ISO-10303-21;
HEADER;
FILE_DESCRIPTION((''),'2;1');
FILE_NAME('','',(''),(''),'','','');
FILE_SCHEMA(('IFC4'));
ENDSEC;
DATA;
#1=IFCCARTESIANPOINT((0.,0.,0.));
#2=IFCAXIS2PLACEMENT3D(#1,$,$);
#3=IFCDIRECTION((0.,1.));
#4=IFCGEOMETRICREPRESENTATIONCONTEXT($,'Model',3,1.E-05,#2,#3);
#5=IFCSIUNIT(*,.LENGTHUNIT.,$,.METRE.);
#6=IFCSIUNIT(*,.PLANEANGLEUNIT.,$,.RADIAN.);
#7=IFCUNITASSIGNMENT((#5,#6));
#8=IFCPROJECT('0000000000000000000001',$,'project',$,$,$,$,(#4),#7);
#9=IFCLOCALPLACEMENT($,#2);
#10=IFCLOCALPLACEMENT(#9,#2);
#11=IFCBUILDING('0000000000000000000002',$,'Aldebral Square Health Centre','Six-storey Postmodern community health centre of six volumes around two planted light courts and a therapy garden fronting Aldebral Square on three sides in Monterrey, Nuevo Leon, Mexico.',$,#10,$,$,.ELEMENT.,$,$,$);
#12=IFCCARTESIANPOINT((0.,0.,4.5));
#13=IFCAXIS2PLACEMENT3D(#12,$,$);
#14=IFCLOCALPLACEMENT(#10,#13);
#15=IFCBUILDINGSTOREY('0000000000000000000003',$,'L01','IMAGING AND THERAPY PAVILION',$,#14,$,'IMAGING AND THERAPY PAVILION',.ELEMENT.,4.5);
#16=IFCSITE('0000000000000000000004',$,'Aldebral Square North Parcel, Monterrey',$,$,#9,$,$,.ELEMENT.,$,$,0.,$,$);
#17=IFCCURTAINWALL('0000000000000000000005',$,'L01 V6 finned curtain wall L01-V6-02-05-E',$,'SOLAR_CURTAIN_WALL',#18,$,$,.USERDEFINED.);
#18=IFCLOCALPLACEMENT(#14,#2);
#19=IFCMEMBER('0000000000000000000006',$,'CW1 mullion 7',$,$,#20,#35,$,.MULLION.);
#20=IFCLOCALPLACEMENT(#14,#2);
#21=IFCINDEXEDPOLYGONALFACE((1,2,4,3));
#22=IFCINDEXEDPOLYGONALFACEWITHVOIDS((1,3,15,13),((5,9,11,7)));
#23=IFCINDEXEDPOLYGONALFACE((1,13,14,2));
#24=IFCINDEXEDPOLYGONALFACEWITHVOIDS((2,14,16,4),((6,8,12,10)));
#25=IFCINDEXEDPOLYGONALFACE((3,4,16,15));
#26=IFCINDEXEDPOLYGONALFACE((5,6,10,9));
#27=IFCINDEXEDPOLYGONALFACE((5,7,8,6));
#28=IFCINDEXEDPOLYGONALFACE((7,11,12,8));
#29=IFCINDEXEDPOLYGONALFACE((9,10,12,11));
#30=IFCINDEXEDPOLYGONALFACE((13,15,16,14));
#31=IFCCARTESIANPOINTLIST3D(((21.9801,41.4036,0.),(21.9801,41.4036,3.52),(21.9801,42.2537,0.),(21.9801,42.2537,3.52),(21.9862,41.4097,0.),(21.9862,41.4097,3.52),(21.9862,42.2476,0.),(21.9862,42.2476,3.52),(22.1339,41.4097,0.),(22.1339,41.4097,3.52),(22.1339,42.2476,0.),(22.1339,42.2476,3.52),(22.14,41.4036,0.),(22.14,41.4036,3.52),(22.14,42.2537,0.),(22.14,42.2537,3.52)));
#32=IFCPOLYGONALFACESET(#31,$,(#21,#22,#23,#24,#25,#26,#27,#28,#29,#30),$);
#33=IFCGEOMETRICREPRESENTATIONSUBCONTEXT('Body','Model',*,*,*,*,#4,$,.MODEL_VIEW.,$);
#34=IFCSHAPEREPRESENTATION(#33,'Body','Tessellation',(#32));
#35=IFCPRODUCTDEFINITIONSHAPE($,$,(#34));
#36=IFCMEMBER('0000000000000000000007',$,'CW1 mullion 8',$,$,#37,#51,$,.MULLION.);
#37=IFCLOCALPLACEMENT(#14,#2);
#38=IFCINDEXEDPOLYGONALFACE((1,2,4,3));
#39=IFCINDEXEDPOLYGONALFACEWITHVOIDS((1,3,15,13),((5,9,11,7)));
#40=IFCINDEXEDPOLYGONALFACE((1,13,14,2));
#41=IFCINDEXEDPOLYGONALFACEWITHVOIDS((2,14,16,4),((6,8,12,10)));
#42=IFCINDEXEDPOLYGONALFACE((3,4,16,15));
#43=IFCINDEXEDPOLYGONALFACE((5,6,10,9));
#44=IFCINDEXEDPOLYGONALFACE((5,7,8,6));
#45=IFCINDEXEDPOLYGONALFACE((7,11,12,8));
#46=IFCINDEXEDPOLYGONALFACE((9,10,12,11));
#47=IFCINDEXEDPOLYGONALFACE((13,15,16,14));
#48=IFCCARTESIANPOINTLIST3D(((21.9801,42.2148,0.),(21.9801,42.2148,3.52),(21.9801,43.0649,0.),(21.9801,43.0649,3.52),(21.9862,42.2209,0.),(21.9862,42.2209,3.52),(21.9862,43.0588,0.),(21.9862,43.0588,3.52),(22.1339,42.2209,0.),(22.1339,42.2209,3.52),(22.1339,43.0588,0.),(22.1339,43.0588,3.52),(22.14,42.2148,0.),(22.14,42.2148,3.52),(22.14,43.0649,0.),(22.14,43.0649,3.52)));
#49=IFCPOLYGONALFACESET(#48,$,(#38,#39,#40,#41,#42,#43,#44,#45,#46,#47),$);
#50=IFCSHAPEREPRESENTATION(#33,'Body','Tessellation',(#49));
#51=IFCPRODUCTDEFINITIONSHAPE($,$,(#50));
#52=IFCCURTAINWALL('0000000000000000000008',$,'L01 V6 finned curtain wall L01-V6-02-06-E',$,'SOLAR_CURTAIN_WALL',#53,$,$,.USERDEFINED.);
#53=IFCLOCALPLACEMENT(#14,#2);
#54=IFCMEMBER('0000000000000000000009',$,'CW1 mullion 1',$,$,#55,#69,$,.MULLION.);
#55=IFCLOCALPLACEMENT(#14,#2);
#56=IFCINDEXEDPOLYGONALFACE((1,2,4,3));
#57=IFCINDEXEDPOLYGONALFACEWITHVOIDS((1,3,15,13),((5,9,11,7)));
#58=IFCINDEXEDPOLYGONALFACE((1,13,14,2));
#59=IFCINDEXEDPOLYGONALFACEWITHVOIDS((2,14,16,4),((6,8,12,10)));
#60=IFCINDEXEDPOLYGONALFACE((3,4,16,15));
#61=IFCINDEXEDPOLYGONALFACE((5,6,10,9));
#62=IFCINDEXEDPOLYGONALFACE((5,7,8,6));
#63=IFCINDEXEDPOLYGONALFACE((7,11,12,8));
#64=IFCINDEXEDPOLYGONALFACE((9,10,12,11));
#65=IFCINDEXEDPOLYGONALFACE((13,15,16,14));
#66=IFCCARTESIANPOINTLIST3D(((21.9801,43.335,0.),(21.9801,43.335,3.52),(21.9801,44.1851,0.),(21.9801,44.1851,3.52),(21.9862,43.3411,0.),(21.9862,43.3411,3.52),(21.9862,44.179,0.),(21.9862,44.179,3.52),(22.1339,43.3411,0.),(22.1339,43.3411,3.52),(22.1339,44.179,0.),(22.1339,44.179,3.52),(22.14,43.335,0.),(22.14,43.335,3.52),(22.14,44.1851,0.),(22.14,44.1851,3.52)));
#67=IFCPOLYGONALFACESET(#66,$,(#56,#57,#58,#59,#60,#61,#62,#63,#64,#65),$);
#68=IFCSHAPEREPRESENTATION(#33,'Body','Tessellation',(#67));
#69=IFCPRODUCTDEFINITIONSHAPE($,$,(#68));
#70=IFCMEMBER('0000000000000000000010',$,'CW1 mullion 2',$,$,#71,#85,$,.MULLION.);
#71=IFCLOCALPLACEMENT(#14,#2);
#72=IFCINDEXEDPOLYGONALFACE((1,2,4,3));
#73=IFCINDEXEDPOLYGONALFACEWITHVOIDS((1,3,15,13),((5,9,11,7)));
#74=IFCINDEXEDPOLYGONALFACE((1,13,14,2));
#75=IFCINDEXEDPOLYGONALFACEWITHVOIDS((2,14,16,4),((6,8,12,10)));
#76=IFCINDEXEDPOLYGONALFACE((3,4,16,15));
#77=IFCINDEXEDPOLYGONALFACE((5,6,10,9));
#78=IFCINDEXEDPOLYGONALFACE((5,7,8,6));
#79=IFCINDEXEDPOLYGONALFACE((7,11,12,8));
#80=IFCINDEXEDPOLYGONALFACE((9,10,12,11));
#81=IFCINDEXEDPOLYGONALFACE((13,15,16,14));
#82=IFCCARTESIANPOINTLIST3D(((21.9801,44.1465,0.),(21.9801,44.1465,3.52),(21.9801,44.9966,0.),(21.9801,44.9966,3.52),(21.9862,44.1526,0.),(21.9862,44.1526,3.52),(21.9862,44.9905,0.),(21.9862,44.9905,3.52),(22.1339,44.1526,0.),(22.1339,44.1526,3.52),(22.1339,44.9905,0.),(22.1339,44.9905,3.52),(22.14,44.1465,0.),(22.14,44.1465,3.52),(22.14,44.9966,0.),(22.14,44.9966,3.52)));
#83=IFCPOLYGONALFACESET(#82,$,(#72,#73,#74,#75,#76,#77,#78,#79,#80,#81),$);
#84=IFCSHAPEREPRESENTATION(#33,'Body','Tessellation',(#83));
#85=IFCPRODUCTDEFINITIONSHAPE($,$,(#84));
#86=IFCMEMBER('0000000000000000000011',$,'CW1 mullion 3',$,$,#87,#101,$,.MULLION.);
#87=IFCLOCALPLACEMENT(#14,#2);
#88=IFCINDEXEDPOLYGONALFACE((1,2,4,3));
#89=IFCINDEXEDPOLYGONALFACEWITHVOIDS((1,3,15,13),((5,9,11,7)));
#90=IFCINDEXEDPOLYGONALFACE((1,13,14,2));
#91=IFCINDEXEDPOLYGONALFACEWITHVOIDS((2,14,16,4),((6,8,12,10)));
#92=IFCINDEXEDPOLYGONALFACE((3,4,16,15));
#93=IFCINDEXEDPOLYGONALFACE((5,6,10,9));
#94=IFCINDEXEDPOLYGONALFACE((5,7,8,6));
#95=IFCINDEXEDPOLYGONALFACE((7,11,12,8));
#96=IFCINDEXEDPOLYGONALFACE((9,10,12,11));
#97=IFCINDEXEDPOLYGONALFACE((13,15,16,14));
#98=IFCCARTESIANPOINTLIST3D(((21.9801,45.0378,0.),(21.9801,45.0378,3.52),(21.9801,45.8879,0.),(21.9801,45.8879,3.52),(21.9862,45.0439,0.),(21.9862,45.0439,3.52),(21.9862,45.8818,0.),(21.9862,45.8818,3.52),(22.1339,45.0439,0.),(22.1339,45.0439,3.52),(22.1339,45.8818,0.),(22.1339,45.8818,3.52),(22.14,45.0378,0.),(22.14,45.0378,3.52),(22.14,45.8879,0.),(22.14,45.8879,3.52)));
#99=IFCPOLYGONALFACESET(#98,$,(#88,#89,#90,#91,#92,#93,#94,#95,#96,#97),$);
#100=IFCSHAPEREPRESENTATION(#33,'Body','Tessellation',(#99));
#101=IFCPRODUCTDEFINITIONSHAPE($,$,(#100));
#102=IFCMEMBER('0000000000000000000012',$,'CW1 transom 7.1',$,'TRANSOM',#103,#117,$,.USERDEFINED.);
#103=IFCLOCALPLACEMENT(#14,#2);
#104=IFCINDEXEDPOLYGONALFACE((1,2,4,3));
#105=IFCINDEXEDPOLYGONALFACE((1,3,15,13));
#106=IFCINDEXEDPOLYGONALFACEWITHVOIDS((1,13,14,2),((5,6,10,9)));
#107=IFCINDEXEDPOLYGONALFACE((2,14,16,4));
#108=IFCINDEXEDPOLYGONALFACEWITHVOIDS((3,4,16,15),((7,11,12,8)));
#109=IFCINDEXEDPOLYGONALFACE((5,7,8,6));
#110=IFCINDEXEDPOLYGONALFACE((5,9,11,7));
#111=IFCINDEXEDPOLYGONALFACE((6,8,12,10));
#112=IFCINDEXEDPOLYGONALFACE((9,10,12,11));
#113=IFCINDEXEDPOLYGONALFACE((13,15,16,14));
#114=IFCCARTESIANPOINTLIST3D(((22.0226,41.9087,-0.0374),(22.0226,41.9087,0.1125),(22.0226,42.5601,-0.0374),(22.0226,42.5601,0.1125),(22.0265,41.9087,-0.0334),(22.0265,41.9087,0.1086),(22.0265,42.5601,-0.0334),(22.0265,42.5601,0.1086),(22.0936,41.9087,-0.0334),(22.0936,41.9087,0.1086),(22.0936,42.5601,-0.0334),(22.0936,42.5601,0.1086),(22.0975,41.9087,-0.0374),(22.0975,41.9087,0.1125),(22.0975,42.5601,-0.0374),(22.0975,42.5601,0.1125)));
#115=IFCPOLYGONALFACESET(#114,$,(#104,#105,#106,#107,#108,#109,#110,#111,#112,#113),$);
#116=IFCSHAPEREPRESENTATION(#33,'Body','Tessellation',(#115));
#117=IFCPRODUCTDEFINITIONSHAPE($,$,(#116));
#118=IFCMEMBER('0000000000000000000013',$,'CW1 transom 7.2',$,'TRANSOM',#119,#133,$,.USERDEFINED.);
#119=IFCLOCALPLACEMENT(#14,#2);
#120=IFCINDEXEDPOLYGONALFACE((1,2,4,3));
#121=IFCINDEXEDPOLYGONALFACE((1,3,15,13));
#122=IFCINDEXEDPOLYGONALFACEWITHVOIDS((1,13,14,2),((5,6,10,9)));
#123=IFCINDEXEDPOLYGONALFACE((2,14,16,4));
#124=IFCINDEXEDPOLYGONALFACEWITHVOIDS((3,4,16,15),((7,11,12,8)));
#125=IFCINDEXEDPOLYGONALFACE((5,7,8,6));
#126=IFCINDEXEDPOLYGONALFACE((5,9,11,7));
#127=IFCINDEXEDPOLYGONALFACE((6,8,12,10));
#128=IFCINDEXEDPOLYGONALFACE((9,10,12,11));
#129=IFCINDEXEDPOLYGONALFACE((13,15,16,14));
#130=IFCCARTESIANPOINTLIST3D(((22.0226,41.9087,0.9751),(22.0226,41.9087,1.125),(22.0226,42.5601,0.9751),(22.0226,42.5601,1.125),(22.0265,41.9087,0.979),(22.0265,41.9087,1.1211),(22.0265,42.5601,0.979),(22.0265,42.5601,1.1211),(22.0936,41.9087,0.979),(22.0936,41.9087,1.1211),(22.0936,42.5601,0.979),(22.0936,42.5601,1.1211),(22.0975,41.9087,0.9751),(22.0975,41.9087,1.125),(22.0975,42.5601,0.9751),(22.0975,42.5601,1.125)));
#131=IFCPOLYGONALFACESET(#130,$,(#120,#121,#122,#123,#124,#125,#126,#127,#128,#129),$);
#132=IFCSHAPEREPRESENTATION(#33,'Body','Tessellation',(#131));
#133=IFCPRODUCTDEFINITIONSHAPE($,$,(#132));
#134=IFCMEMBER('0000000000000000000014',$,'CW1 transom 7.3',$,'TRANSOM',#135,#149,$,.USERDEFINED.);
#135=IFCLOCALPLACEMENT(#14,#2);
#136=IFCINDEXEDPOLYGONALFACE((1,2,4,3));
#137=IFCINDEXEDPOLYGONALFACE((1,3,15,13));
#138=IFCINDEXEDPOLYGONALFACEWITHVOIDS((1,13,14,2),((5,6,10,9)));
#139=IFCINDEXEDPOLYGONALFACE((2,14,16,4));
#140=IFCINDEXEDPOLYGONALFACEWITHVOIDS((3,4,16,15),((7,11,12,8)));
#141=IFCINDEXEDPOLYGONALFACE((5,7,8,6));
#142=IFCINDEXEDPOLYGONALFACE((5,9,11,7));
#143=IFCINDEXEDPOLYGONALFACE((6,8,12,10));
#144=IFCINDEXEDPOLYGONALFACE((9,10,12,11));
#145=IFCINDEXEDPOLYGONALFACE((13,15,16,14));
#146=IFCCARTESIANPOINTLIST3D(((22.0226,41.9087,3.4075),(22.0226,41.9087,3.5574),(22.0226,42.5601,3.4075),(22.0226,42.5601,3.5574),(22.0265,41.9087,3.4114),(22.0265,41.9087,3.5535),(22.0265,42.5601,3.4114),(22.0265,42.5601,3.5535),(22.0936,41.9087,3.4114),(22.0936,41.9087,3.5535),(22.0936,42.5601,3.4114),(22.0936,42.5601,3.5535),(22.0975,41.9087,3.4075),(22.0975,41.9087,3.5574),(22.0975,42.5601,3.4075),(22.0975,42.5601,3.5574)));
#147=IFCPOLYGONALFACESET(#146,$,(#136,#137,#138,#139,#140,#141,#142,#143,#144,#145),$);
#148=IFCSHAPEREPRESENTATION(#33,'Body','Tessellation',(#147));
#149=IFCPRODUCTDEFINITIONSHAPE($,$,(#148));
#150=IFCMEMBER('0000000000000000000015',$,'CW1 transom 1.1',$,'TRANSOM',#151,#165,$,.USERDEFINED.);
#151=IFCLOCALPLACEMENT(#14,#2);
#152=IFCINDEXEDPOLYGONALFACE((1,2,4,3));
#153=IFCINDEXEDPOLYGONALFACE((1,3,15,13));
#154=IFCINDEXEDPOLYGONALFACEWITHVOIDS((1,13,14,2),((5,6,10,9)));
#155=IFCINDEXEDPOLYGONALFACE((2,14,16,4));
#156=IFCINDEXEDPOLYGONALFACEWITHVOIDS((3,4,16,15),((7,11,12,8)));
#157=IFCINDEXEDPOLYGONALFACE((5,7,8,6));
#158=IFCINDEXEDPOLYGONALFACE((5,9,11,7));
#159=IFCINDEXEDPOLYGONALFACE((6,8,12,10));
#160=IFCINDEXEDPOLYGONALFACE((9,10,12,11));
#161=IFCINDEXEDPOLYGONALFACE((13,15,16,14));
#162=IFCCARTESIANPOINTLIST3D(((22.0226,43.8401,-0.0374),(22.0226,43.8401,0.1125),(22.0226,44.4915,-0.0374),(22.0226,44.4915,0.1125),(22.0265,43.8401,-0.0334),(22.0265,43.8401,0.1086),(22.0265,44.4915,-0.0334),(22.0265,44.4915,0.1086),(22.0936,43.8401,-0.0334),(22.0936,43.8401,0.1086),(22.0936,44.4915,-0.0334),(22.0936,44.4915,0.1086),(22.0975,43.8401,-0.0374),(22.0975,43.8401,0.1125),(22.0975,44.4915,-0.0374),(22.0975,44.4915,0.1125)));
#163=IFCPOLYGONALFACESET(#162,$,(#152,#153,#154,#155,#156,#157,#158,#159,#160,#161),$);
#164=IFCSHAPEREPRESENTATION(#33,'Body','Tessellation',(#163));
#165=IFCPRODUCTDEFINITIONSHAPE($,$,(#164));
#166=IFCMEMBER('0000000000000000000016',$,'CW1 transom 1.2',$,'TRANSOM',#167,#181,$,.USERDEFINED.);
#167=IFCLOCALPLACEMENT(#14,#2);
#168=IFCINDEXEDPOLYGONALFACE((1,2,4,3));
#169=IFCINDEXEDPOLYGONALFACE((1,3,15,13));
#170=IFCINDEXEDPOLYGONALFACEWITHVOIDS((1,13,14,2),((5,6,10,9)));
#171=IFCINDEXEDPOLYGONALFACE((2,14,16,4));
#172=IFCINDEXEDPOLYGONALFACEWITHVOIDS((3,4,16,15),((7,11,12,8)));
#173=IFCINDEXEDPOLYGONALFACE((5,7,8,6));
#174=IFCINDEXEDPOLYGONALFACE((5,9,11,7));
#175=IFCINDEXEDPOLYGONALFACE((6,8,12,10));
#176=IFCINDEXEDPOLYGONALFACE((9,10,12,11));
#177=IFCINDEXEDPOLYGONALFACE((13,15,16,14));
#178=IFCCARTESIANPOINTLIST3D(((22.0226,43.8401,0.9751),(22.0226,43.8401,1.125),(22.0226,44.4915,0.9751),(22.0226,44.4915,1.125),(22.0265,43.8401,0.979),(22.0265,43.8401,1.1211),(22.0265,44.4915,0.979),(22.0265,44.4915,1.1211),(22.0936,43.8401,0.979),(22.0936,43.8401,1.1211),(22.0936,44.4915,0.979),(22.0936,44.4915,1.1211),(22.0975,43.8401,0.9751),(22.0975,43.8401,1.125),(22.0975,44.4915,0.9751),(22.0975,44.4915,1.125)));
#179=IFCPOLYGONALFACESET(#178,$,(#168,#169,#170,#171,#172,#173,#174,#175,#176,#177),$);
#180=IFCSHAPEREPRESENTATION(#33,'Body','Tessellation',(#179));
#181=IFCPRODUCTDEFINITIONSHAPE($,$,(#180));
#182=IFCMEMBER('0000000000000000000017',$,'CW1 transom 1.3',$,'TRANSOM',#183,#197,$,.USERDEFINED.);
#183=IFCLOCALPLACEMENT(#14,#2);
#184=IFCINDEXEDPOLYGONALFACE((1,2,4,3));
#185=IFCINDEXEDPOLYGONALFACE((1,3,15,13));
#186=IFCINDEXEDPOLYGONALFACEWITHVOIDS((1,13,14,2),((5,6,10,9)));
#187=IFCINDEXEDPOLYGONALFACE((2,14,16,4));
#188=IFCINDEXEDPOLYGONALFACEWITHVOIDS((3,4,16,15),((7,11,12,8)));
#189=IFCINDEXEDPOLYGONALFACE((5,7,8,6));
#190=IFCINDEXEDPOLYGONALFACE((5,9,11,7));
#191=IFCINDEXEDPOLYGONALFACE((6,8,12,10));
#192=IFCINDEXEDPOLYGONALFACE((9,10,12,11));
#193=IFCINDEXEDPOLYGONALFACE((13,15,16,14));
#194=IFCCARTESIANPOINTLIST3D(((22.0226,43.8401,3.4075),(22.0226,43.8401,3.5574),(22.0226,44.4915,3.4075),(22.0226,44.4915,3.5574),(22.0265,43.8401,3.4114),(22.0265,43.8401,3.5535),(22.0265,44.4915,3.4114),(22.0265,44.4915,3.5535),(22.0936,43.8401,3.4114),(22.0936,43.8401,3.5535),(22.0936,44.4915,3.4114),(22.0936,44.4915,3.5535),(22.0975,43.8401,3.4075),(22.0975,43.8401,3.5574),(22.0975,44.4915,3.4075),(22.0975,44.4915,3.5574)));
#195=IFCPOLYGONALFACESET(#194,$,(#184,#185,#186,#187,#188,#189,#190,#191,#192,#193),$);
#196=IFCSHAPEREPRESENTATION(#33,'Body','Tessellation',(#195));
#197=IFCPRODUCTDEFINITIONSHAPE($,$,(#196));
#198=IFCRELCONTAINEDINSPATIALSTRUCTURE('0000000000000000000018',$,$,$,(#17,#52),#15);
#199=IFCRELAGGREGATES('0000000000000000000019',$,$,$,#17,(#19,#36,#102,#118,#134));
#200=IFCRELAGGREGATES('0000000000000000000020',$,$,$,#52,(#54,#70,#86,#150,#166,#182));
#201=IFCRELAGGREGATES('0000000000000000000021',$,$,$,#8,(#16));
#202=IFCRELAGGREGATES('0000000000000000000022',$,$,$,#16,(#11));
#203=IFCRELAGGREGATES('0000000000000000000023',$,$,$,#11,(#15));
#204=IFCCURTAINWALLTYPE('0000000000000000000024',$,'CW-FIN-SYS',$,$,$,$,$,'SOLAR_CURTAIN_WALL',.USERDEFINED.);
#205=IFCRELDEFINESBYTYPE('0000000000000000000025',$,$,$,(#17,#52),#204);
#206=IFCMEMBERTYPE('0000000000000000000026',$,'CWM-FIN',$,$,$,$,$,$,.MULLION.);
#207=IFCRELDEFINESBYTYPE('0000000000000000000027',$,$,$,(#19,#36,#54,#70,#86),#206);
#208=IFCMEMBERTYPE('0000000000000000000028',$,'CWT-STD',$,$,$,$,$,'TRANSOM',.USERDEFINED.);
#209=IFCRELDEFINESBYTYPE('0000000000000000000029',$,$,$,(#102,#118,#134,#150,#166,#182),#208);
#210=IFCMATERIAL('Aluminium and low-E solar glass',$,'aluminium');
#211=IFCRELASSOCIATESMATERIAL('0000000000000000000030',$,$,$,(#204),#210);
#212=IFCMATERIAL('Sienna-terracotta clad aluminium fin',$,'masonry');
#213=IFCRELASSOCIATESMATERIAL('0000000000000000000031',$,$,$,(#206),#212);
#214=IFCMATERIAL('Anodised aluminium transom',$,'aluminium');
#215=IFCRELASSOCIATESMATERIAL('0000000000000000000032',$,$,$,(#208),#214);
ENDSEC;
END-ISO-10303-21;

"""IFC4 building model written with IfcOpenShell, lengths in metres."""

from ifc_helpers import new_model, si_unit, direction, frame, origin, origin_2d, place, context, subcontext, project, spatial, hollow_rectangle, extrude, material, material_profile, profile_set, type_object, element, aggregate, save


model = new_model("IFC4")

# Units and contexts
model_context = context("Model", 3, precision=1e-05, world=origin(), true_north=direction((0.0, 1.0)))
body_context = subcontext(model_context, "Body", "Model", "MODEL_VIEW")
ifc_project = project(units=[si_unit("LENGTHUNIT", "METRE"), si_unit("PLANEANGLEUNIT", "RADIAN")], contexts=[model_context])

# Site, building, storey
site_placement = place(None, origin())
site = spatial("IfcSite", under=ifc_project, at=site_placement, Name="Aldebral Square North Parcel, Monterrey", CompositionType="ELEMENT", RefElevation=0.0)
building_placement = place(site_placement, origin())
building = spatial("IfcBuilding", under=site, at=building_placement, Name="Aldebral Square Health Centre", Description="Six-storey Postmodern community health centre of six volumes around two planted light courts and a therapy garden fronting Aldebral Square on three sides in Monterrey, Nuevo Leon, Mexico.", CompositionType="ELEMENT")
storey_placement = place(building_placement, frame((0.0, 0.0, 4.5)))
storey = spatial("IfcBuildingStorey", under=building, at=storey_placement, Name="L01", Description="IMAGING AND THERAPY PAVILION", LongName="IMAGING AND THERAPY PAVILION", CompositionType="ELEMENT", Elevation=4.5)

# Curtain walls, members
ifc_material_1 = material(Name="Aluminium and low-E solar glass", Category="aluminium")
curtain_wall_type = type_object("IfcCurtainWallType", Name="CW-FIN-SYS", ElementType="SOLAR_CURTAIN_WALL", PredefinedType="USERDEFINED", material=ifc_material_1)
curtain_wall_1_placement = place(storey_placement, origin())
curtain_wall_1 = element("IfcCurtainWall", 1, at=curtain_wall_1_placement, inside=storey, type_object=curtain_wall_type, Name="L01 V6 finned curtain wall L01-V6-02-05-E", ObjectType="SOLAR_CURTAIN_WALL", PredefinedType="USERDEFINED")
ifc_material_2 = material(Name="Sienna-terracotta clad aluminium fin", Category="masonry")
ifc_material_profile_1 = material_profile(ifc_material_2, hollow_rectangle(XDim=0.1599, YDim=0.8501, WallThickness=0.0061, at=origin_2d()), Name="FIN 160x850x6")
ifc_profile_set_1 = profile_set([ifc_material_profile_1], Name="Sienna-terracotta clad aluminium fin")
member_type_1 = type_object("IfcMemberType", Name="CWM-FIN", PredefinedType="MULLION", material=ifc_profile_set_1)
member_1_placement = place(storey_placement, frame((22.0601, 41.8286, 0.0), z_axis=(0.0, 0.0, 1.0), x_axis=(-1.0, 0.0, 0.0)))
member_1 = element("IfcMember", 2, at=member_1_placement, type_object=member_type_1, Name="CW1 mullion 7", PredefinedType="MULLION", context=body_context, shape_type="SweptSolid", body=[
    extrude(hollow_rectangle(XDim=0.1599, YDim=0.8501, WallThickness=0.0061, at=origin_2d()), origin(), (0.0, 0.0, 1.0), 3.52),
])
member_2_placement = place(storey_placement, frame((22.0601, 42.6399, 0.0), z_axis=(0.0, 0.0, 1.0), x_axis=(-1.0, 0.0, 0.0)))
member_2 = element("IfcMember", 3, at=member_2_placement, type_object=member_type_1, Name="CW1 mullion 8", PredefinedType="MULLION", context=body_context, shape_type="SweptSolid", body=[
    extrude(hollow_rectangle(XDim=0.1599, YDim=0.8501, WallThickness=0.0061, at=origin_2d()), origin(), (0.0, 0.0, 1.0), 3.52),
])
curtain_wall_2_placement = place(storey_placement, origin())
curtain_wall_2 = element("IfcCurtainWall", 4, at=curtain_wall_2_placement, inside=storey, type_object=curtain_wall_type, Name="L01 V6 finned curtain wall L01-V6-02-06-E", ObjectType="SOLAR_CURTAIN_WALL", PredefinedType="USERDEFINED")
member_3_placement = place(storey_placement, frame((22.0601, 43.76, 0.0), z_axis=(0.0, 0.0, 1.0), x_axis=(-1.0, 0.0, 0.0)))
member_3 = element("IfcMember", 5, at=member_3_placement, type_object=member_type_1, Name="CW1 mullion 1", PredefinedType="MULLION", context=body_context, shape_type="SweptSolid", body=[
    extrude(hollow_rectangle(XDim=0.1599, YDim=0.8501, WallThickness=0.0061, at=origin_2d()), origin(), (0.0, 0.0, 1.0), 3.52),
])
member_4_placement = place(storey_placement, frame((22.0601, 44.5715, 0.0), z_axis=(0.0, 0.0, 1.0), x_axis=(-1.0, 0.0, 0.0)))
member_4 = element("IfcMember", 6, at=member_4_placement, type_object=member_type_1, Name="CW1 mullion 2", PredefinedType="MULLION", context=body_context, shape_type="SweptSolid", body=[
    extrude(hollow_rectangle(XDim=0.1599, YDim=0.8501, WallThickness=0.0061, at=origin_2d()), origin(), (0.0, 0.0, 1.0), 3.52),
])
member_5_placement = place(storey_placement, frame((22.0601, 45.4629, 0.0), z_axis=(0.0, 0.0, 1.0), x_axis=(-1.0, 0.0, 0.0)))
member_5 = element("IfcMember", 7, at=member_5_placement, type_object=member_type_1, Name="CW1 mullion 3", PredefinedType="MULLION", context=body_context, shape_type="SweptSolid", body=[
    extrude(hollow_rectangle(XDim=0.1599, YDim=0.8501, WallThickness=0.0061, at=origin_2d()), origin(), (0.0, 0.0, 1.0), 3.52),
])

# Members
ifc_material_3 = material(Name="Anodised aluminium transom", Category="aluminium")
ifc_material_profile_2 = material_profile(ifc_material_3, hollow_rectangle(XDim=0.075, YDim=0.1499, WallThickness=0.0039, at=origin_2d()), Name="CWT 75x150x4")
ifc_profile_set_2 = profile_set([ifc_material_profile_2], Name="Anodised aluminium transom")
member_type_2 = type_object("IfcMemberType", Name="CWT-STD", ElementType="TRANSOM", PredefinedType="USERDEFINED", material=ifc_profile_set_2)
member_6_placement = place(storey_placement, frame((22.0601, 41.9087, 0.0376), z_axis=(0.0, 1.0, 0.0), x_axis=(-1.0, 0.0, 0.0)))
member_6 = element("IfcMember", 8, at=member_6_placement, type_object=member_type_2, Name="CW1 transom 7.1", ObjectType="TRANSOM", PredefinedType="USERDEFINED", context=body_context, shape_type="SweptSolid", body=[
    extrude(hollow_rectangle(XDim=0.075, YDim=0.1499, WallThickness=0.0039, at=origin_2d()), origin(), (0.0, 0.0, 1.0), 0.6514),
])
member_7_placement = place(storey_placement, frame((22.0601, 41.9087, 1.05), z_axis=(0.0, 1.0, 0.0), x_axis=(-1.0, 0.0, 0.0)))
member_7 = element("IfcMember", 9, at=member_7_placement, type_object=member_type_2, Name="CW1 transom 7.2", ObjectType="TRANSOM", PredefinedType="USERDEFINED", context=body_context, shape_type="SweptSolid", body=[
    extrude(hollow_rectangle(XDim=0.075, YDim=0.1499, WallThickness=0.0039, at=origin_2d()), origin(), (0.0, 0.0, 1.0), 0.6514),
])
member_8_placement = place(storey_placement, frame((22.0601, 41.9087, 3.4824), z_axis=(0.0, 1.0, 0.0), x_axis=(-1.0, 0.0, 0.0)))
member_8 = element("IfcMember", 10, at=member_8_placement, type_object=member_type_2, Name="CW1 transom 7.3", ObjectType="TRANSOM", PredefinedType="USERDEFINED", context=body_context, shape_type="SweptSolid", body=[
    extrude(hollow_rectangle(XDim=0.075, YDim=0.1499, WallThickness=0.0039, at=origin_2d()), origin(), (0.0, 0.0, 1.0), 0.6514),
])
member_9_placement = place(storey_placement, frame((22.0601, 43.8401, 0.0376), z_axis=(0.0, 1.0, 0.0), x_axis=(-1.0, 0.0, 0.0)))
member_9 = element("IfcMember", 11, at=member_9_placement, type_object=member_type_2, Name="CW1 transom 1.1", ObjectType="TRANSOM", PredefinedType="USERDEFINED", context=body_context, shape_type="SweptSolid", body=[
    extrude(hollow_rectangle(XDim=0.075, YDim=0.1499, WallThickness=0.0039, at=origin_2d()), origin(), (0.0, 0.0, 1.0), 0.6514),
])
member_10_placement = place(storey_placement, frame((22.0601, 43.8401, 1.05), z_axis=(0.0, 1.0, 0.0), x_axis=(-1.0, 0.0, 0.0)))
member_10 = element("IfcMember", 12, at=member_10_placement, type_object=member_type_2, Name="CW1 transom 1.2", ObjectType="TRANSOM", PredefinedType="USERDEFINED", context=body_context, shape_type="SweptSolid", body=[
    extrude(hollow_rectangle(XDim=0.075, YDim=0.1499, WallThickness=0.0039, at=origin_2d()), origin(), (0.0, 0.0, 1.0), 0.6514),
])
member_11_placement = place(storey_placement, frame((22.0601, 43.8401, 3.4824), z_axis=(0.0, 1.0, 0.0), x_axis=(-1.0, 0.0, 0.0)))
member_11 = element("IfcMember", 13, at=member_11_placement, type_object=member_type_2, Name="CW1 transom 1.3", ObjectType="TRANSOM", PredefinedType="USERDEFINED", context=body_context, shape_type="SweptSolid", body=[
    extrude(hollow_rectangle(XDim=0.075, YDim=0.1499, WallThickness=0.0039, at=origin_2d()), origin(), (0.0, 0.0, 1.0), 0.6514),
])

aggregate(curtain_wall_1, [member_1, member_2, member_6, member_7, member_8])
aggregate(curtain_wall_2, [member_3, member_4, member_5, member_9, member_10, member_11])

save(model, "model.ifc")
